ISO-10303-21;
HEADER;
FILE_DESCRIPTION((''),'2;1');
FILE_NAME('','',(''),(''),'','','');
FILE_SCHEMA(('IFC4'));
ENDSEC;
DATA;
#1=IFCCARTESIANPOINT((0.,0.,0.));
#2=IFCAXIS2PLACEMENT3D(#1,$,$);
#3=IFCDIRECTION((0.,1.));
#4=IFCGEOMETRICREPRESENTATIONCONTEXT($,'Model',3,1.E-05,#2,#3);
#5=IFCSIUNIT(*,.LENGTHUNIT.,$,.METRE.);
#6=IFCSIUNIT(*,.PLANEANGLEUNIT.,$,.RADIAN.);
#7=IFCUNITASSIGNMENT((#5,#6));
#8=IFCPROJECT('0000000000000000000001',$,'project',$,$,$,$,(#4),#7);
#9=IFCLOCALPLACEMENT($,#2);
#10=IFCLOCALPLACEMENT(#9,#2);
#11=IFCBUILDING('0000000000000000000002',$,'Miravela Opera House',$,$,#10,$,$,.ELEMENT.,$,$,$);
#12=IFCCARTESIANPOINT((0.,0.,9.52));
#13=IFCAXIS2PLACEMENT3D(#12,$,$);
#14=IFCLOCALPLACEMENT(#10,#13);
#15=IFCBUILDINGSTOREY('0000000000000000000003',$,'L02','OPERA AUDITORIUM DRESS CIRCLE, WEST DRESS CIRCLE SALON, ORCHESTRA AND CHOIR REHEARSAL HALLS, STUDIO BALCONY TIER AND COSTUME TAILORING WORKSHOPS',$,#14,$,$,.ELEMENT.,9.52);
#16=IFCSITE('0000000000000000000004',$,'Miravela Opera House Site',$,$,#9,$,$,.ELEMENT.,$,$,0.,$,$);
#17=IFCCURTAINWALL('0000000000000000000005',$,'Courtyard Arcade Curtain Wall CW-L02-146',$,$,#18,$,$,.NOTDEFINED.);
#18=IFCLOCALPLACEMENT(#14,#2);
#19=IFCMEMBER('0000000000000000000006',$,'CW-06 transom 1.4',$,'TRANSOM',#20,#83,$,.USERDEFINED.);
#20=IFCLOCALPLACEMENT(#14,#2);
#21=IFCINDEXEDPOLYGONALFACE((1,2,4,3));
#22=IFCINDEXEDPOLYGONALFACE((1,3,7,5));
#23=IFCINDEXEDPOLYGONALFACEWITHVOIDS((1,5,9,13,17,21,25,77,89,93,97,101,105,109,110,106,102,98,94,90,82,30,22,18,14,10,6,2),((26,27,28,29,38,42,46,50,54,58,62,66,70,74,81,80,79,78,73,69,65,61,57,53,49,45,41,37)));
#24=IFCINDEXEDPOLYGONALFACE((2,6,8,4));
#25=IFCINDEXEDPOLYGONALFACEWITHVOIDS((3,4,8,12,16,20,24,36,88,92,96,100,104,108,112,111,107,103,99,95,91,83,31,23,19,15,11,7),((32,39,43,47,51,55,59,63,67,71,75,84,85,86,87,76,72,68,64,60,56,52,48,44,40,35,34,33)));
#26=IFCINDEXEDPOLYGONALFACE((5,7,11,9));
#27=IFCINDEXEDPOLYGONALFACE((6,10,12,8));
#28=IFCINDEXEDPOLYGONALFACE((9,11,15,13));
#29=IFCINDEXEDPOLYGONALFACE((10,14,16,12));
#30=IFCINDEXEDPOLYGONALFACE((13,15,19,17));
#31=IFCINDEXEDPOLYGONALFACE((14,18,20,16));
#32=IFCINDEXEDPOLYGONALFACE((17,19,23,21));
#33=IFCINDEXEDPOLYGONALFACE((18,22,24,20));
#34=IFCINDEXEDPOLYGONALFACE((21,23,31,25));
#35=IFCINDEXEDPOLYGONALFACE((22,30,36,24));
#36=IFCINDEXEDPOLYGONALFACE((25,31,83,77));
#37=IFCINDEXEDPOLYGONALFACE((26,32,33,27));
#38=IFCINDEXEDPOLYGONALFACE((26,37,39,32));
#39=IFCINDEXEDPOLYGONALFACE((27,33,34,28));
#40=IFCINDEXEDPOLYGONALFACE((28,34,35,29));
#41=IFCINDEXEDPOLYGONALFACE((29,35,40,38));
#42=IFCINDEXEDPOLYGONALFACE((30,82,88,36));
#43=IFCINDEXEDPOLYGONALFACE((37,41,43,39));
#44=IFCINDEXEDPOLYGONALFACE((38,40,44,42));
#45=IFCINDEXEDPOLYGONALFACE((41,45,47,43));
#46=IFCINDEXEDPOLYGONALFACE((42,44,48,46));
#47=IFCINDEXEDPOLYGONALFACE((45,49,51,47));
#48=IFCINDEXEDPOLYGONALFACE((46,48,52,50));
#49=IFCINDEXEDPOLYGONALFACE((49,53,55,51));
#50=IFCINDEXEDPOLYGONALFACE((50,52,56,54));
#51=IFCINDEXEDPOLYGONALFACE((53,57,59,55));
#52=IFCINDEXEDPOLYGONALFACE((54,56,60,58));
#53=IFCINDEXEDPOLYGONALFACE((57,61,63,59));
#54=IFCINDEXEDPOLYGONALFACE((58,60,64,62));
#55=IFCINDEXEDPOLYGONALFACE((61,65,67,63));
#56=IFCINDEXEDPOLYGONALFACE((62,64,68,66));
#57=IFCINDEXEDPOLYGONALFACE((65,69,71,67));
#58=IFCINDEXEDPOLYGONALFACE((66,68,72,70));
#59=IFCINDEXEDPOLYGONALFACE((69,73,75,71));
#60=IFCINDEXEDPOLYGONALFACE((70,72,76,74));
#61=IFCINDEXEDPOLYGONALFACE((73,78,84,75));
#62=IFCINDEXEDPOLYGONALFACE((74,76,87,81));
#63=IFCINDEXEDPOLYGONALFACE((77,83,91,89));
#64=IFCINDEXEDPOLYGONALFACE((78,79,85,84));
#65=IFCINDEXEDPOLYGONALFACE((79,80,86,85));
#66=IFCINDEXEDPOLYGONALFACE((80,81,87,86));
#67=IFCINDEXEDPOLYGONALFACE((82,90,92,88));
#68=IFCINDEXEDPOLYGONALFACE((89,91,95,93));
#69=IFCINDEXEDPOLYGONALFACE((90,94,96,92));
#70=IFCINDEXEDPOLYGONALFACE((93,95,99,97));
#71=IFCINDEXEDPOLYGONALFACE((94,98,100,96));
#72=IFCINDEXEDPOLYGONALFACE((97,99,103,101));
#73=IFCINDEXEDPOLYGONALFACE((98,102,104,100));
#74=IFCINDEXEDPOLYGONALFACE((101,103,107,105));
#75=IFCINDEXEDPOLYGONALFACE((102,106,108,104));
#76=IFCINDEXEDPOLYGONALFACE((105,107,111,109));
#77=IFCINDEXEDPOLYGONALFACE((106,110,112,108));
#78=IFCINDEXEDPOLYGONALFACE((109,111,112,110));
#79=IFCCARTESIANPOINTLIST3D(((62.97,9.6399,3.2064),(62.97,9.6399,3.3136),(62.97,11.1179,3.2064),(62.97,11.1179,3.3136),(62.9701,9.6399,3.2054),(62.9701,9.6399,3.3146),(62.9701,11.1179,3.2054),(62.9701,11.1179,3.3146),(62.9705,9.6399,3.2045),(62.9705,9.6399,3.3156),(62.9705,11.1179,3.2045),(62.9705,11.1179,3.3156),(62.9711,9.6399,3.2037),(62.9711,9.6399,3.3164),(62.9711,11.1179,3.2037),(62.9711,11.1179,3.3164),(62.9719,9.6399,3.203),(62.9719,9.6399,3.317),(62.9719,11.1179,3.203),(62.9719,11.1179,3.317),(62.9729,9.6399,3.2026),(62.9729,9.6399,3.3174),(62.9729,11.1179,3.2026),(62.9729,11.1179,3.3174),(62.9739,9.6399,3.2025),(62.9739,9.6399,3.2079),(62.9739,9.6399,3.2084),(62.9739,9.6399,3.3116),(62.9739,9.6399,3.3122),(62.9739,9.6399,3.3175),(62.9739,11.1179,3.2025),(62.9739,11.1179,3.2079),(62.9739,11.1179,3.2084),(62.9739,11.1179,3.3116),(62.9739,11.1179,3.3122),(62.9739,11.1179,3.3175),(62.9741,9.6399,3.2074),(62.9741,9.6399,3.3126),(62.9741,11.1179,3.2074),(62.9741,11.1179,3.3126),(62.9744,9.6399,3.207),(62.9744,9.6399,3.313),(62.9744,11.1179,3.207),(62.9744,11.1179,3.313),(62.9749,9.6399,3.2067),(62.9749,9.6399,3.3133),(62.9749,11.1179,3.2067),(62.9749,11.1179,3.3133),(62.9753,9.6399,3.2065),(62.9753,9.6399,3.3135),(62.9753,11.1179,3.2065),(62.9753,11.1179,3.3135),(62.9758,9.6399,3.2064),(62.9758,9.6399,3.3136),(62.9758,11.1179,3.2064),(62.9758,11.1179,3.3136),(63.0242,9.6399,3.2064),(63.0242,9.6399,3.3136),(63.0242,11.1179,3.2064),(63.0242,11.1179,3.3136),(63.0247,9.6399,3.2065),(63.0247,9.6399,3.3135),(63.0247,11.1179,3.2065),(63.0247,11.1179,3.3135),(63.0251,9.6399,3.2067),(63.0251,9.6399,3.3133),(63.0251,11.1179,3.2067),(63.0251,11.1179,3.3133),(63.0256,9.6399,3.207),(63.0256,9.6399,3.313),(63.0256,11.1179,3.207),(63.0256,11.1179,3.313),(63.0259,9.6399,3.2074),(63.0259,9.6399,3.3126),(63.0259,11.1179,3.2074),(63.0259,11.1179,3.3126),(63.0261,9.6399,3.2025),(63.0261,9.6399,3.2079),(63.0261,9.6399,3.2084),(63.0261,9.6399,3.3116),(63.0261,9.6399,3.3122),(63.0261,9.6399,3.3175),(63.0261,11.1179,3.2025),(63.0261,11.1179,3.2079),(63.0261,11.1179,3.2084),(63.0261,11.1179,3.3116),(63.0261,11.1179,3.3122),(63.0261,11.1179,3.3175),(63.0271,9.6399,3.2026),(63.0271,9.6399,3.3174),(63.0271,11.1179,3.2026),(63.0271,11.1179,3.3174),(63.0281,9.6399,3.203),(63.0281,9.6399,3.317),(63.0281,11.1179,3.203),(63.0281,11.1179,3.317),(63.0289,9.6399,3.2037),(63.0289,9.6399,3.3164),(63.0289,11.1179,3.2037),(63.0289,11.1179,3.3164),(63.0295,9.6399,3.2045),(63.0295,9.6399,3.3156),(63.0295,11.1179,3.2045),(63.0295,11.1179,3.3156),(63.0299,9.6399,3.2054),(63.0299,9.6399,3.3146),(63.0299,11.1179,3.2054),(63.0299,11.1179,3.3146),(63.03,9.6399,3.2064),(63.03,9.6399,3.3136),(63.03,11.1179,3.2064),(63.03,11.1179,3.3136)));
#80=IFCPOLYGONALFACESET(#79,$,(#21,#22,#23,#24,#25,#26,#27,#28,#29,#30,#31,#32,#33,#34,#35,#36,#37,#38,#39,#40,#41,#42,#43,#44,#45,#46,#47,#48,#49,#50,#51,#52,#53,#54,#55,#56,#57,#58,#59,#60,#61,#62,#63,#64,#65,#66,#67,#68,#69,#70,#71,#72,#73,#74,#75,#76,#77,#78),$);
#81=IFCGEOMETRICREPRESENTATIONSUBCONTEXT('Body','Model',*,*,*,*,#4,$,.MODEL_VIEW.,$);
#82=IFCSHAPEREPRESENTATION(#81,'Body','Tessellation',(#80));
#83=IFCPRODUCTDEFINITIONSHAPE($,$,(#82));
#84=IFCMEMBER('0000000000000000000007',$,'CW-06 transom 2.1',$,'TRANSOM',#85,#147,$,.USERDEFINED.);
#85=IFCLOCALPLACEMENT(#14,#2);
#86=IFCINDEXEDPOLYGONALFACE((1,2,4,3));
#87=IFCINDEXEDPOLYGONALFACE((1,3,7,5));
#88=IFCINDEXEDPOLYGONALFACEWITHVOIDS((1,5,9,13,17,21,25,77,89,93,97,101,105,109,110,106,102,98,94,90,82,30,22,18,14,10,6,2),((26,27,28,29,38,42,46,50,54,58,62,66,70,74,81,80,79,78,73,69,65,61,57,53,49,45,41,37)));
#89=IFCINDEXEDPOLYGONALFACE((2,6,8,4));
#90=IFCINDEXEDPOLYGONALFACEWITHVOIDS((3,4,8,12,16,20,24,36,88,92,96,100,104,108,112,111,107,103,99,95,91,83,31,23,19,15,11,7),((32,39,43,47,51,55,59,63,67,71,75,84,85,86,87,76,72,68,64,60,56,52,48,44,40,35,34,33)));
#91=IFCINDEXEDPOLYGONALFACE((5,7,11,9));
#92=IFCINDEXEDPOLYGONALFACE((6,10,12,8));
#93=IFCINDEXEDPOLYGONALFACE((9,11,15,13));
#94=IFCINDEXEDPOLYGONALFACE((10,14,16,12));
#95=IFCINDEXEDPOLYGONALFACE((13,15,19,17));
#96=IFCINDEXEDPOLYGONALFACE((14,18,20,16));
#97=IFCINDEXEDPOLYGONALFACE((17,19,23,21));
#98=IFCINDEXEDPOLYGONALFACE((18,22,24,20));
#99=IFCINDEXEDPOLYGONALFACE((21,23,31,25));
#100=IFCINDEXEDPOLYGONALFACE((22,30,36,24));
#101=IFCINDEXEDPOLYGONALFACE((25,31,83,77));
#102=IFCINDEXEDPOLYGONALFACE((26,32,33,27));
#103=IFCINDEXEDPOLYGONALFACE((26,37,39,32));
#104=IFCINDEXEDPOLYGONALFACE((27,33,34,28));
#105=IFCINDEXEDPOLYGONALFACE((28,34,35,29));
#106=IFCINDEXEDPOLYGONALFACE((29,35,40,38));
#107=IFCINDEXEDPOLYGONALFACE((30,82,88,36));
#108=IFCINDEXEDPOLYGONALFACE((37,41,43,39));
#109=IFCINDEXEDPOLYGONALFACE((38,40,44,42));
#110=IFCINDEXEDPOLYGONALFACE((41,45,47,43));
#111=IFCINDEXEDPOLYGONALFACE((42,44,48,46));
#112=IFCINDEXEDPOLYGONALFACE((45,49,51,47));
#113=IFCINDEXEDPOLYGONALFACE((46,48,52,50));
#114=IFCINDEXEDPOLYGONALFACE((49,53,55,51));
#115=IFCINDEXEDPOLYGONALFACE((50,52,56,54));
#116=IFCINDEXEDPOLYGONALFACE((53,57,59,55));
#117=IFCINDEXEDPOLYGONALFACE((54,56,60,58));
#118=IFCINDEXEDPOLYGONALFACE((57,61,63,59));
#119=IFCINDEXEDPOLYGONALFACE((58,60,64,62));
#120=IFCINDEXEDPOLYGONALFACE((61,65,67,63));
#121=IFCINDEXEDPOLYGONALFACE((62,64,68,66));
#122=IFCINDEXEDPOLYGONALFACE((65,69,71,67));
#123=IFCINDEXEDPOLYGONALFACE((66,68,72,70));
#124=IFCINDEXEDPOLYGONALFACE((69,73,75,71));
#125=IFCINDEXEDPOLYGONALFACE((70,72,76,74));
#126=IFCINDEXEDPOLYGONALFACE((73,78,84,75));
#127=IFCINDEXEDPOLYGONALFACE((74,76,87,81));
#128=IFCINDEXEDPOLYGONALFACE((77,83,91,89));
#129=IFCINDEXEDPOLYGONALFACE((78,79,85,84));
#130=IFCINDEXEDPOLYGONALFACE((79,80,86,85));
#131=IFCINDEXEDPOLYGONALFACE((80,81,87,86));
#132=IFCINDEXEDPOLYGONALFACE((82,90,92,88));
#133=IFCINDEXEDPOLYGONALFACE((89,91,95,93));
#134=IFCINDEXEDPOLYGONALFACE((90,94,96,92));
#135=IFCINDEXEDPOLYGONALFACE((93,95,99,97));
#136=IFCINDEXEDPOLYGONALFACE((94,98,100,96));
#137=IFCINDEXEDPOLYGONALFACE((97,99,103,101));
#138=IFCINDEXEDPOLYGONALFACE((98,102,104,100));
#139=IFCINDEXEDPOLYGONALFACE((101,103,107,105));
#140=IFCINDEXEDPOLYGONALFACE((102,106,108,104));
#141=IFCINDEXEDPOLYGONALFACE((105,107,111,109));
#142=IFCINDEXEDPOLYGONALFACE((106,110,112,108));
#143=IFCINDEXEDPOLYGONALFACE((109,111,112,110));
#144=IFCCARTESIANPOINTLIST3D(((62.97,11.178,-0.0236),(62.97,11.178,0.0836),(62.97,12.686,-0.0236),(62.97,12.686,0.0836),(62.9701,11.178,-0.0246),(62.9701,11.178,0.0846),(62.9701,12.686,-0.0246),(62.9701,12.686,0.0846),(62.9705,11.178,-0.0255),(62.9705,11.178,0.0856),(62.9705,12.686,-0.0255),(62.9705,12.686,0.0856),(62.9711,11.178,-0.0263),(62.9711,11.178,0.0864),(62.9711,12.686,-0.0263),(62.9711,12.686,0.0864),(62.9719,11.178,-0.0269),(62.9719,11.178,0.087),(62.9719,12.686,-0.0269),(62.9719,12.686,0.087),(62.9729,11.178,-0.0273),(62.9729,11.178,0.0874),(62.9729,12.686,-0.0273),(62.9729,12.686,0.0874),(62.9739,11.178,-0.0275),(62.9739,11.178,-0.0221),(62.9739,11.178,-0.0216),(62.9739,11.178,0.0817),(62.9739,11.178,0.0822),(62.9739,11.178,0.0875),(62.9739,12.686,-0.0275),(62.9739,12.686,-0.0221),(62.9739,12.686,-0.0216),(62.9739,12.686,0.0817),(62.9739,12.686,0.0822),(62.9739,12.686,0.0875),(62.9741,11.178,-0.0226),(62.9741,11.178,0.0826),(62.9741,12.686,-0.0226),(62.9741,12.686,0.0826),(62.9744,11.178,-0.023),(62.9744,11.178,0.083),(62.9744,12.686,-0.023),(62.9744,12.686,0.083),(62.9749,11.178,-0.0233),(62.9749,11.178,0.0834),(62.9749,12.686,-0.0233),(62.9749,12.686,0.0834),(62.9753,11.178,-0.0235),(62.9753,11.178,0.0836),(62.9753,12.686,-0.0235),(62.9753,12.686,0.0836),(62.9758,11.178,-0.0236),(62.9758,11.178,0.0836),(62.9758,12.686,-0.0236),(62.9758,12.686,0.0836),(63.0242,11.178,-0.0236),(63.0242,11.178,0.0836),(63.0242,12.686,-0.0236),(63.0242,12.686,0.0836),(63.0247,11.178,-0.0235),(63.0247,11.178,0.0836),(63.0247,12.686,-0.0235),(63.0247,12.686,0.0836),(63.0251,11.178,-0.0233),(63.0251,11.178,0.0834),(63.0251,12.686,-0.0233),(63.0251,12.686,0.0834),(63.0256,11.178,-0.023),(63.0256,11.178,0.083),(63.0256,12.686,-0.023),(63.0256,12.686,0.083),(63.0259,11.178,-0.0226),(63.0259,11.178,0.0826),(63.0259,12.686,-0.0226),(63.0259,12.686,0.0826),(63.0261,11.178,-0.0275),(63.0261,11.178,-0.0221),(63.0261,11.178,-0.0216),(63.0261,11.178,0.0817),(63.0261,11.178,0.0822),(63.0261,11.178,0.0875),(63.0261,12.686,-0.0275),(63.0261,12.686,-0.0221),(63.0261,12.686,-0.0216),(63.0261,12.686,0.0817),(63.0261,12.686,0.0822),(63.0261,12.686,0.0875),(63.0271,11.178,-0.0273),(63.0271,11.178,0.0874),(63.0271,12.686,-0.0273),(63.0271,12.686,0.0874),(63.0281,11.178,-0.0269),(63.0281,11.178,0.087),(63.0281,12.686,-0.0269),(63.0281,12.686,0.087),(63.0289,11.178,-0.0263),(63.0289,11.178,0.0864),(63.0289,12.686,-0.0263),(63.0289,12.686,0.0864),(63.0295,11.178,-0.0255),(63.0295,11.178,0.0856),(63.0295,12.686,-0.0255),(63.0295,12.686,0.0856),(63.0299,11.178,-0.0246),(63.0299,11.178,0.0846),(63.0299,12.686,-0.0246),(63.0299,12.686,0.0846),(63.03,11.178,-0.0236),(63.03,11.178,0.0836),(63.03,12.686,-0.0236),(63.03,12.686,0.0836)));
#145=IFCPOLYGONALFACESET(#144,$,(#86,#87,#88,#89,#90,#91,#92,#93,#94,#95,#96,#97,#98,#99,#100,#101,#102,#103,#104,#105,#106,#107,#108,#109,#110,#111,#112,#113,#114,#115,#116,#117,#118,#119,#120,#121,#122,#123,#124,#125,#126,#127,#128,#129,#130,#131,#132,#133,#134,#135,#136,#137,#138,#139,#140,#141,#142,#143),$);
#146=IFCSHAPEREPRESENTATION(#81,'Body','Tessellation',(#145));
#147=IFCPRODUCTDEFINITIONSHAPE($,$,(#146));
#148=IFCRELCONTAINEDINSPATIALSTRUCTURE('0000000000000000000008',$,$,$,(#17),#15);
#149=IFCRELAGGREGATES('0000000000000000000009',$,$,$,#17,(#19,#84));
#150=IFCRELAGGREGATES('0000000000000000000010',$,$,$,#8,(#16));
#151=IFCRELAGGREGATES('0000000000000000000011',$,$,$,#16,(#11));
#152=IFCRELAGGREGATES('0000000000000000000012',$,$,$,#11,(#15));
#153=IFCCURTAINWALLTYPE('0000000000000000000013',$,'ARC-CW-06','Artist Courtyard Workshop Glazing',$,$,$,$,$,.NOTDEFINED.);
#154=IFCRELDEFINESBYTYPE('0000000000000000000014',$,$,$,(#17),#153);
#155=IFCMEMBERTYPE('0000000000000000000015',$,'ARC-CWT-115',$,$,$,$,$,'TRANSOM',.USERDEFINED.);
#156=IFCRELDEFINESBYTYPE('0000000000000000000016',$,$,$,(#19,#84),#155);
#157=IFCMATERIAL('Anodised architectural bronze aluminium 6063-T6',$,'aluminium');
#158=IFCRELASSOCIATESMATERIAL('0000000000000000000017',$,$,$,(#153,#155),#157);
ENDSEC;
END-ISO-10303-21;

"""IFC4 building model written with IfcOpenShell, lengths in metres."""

from ifc_helpers import new_model, si_unit, direction, frame, origin, origin_2d, place, context, subcontext, project, spatial, hollow_rectangle, extrude, material, material_profile, profile_set, type_object, element, aggregate, save


model = new_model("IFC4")

# Units and contexts
model_context = context("Model", 3, precision=1e-05, world=origin(), true_north=direction((0.0, 1.0)))
body_context = subcontext(model_context, "Body", "Model", "MODEL_VIEW")
ifc_project = project(units=[si_unit("LENGTHUNIT", "METRE"), si_unit("PLANEANGLEUNIT", "RADIAN")], contexts=[model_context])

# Site, building, storey
site_placement = place(None, origin())
site = spatial("IfcSite", under=ifc_project, at=site_placement, Name="Miravela Opera House Site", CompositionType="ELEMENT", RefElevation=0.0)
building_placement = place(site_placement, origin())
building = spatial("IfcBuilding", under=site, at=building_placement, Name="Miravela Opera House", CompositionType="ELEMENT")
storey_placement = place(building_placement, frame((0.0, 0.0, 9.52)))
storey = spatial("IfcBuildingStorey", under=building, at=storey_placement, Name="L02", Description="OPERA AUDITORIUM DRESS CIRCLE, WEST DRESS CIRCLE SALON, ORCHESTRA AND CHOIR REHEARSAL HALLS, STUDIO BALCONY TIER AND COSTUME TAILORING WORKSHOPS", CompositionType="ELEMENT", Elevation=9.52)

# Curtain wall, members
ifc_material_1 = material(Name="Anodised architectural bronze aluminium 6063-T6", Category="aluminium")
curtain_wall_type = type_object("IfcCurtainWallType", Name="ARC-CW-06", Description="Artist Courtyard Workshop Glazing", PredefinedType="NOTDEFINED", material=ifc_material_1)
curtain_wall_placement = place(storey_placement, origin())
curtain_wall = element("IfcCurtainWall", 1, at=curtain_wall_placement, inside=storey, type_object=curtain_wall_type, Name="Courtyard Arcade Curtain Wall CW-L02-146", PredefinedType="NOTDEFINED")
ifc_material_profile_1 = material_profile(ifc_material_1, hollow_rectangle(XDim=0.0601, YDim=0.115, WallThickness=0.0039, InnerFilletRadius=0.002, OuterFilletRadius=0.0039, at=origin_2d()), Name="CWT-60X115")
ifc_profile_set_1 = profile_set([ifc_material_profile_1])
member_type_1 = type_object("IfcMemberType", Name="ARC-CWT-115", ElementType="TRANSOM", PredefinedType="USERDEFINED", material=ifc_profile_set_1)
member_1_placement = place(storey_placement, frame((63.0, 9.6399, 3.26), z_axis=(0.0, 1.0, 0.0), x_axis=(-1.0, 0.0, 0.0)))
member_1 = element("IfcMember", 2, at=member_1_placement, type_object=member_type_1, Name="CW-06 transom 1.4", ObjectType="TRANSOM", PredefinedType="USERDEFINED", context=body_context, shape_type="SweptSolid", body=[
    extrude(hollow_rectangle(XDim=0.0601, YDim=0.115, WallThickness=0.0039, InnerFilletRadius=0.002, OuterFilletRadius=0.0039, at=origin_2d()), origin(), (0.0, 0.0, 1.0), 1.478),
])
member_2_placement = place(storey_placement, frame((63.0, 11.178, 0.03), z_axis=(0.0, 1.0, 0.0), x_axis=(-1.0, 0.0, 0.0)))
member_2 = element("IfcMember", 3, at=member_2_placement, type_object=member_type_1, Name="CW-06 transom 2.1", ObjectType="TRANSOM", PredefinedType="USERDEFINED", context=body_context, shape_type="SweptSolid", body=[
    extrude(hollow_rectangle(XDim=0.0601, YDim=0.115, WallThickness=0.0039, InnerFilletRadius=0.002, OuterFilletRadius=0.0039, at=origin_2d()), origin(), (0.0, 0.0, 1.0), 1.5081),
])

aggregate(curtain_wall, [member_1, member_2])

save(model, "model.ifc")
